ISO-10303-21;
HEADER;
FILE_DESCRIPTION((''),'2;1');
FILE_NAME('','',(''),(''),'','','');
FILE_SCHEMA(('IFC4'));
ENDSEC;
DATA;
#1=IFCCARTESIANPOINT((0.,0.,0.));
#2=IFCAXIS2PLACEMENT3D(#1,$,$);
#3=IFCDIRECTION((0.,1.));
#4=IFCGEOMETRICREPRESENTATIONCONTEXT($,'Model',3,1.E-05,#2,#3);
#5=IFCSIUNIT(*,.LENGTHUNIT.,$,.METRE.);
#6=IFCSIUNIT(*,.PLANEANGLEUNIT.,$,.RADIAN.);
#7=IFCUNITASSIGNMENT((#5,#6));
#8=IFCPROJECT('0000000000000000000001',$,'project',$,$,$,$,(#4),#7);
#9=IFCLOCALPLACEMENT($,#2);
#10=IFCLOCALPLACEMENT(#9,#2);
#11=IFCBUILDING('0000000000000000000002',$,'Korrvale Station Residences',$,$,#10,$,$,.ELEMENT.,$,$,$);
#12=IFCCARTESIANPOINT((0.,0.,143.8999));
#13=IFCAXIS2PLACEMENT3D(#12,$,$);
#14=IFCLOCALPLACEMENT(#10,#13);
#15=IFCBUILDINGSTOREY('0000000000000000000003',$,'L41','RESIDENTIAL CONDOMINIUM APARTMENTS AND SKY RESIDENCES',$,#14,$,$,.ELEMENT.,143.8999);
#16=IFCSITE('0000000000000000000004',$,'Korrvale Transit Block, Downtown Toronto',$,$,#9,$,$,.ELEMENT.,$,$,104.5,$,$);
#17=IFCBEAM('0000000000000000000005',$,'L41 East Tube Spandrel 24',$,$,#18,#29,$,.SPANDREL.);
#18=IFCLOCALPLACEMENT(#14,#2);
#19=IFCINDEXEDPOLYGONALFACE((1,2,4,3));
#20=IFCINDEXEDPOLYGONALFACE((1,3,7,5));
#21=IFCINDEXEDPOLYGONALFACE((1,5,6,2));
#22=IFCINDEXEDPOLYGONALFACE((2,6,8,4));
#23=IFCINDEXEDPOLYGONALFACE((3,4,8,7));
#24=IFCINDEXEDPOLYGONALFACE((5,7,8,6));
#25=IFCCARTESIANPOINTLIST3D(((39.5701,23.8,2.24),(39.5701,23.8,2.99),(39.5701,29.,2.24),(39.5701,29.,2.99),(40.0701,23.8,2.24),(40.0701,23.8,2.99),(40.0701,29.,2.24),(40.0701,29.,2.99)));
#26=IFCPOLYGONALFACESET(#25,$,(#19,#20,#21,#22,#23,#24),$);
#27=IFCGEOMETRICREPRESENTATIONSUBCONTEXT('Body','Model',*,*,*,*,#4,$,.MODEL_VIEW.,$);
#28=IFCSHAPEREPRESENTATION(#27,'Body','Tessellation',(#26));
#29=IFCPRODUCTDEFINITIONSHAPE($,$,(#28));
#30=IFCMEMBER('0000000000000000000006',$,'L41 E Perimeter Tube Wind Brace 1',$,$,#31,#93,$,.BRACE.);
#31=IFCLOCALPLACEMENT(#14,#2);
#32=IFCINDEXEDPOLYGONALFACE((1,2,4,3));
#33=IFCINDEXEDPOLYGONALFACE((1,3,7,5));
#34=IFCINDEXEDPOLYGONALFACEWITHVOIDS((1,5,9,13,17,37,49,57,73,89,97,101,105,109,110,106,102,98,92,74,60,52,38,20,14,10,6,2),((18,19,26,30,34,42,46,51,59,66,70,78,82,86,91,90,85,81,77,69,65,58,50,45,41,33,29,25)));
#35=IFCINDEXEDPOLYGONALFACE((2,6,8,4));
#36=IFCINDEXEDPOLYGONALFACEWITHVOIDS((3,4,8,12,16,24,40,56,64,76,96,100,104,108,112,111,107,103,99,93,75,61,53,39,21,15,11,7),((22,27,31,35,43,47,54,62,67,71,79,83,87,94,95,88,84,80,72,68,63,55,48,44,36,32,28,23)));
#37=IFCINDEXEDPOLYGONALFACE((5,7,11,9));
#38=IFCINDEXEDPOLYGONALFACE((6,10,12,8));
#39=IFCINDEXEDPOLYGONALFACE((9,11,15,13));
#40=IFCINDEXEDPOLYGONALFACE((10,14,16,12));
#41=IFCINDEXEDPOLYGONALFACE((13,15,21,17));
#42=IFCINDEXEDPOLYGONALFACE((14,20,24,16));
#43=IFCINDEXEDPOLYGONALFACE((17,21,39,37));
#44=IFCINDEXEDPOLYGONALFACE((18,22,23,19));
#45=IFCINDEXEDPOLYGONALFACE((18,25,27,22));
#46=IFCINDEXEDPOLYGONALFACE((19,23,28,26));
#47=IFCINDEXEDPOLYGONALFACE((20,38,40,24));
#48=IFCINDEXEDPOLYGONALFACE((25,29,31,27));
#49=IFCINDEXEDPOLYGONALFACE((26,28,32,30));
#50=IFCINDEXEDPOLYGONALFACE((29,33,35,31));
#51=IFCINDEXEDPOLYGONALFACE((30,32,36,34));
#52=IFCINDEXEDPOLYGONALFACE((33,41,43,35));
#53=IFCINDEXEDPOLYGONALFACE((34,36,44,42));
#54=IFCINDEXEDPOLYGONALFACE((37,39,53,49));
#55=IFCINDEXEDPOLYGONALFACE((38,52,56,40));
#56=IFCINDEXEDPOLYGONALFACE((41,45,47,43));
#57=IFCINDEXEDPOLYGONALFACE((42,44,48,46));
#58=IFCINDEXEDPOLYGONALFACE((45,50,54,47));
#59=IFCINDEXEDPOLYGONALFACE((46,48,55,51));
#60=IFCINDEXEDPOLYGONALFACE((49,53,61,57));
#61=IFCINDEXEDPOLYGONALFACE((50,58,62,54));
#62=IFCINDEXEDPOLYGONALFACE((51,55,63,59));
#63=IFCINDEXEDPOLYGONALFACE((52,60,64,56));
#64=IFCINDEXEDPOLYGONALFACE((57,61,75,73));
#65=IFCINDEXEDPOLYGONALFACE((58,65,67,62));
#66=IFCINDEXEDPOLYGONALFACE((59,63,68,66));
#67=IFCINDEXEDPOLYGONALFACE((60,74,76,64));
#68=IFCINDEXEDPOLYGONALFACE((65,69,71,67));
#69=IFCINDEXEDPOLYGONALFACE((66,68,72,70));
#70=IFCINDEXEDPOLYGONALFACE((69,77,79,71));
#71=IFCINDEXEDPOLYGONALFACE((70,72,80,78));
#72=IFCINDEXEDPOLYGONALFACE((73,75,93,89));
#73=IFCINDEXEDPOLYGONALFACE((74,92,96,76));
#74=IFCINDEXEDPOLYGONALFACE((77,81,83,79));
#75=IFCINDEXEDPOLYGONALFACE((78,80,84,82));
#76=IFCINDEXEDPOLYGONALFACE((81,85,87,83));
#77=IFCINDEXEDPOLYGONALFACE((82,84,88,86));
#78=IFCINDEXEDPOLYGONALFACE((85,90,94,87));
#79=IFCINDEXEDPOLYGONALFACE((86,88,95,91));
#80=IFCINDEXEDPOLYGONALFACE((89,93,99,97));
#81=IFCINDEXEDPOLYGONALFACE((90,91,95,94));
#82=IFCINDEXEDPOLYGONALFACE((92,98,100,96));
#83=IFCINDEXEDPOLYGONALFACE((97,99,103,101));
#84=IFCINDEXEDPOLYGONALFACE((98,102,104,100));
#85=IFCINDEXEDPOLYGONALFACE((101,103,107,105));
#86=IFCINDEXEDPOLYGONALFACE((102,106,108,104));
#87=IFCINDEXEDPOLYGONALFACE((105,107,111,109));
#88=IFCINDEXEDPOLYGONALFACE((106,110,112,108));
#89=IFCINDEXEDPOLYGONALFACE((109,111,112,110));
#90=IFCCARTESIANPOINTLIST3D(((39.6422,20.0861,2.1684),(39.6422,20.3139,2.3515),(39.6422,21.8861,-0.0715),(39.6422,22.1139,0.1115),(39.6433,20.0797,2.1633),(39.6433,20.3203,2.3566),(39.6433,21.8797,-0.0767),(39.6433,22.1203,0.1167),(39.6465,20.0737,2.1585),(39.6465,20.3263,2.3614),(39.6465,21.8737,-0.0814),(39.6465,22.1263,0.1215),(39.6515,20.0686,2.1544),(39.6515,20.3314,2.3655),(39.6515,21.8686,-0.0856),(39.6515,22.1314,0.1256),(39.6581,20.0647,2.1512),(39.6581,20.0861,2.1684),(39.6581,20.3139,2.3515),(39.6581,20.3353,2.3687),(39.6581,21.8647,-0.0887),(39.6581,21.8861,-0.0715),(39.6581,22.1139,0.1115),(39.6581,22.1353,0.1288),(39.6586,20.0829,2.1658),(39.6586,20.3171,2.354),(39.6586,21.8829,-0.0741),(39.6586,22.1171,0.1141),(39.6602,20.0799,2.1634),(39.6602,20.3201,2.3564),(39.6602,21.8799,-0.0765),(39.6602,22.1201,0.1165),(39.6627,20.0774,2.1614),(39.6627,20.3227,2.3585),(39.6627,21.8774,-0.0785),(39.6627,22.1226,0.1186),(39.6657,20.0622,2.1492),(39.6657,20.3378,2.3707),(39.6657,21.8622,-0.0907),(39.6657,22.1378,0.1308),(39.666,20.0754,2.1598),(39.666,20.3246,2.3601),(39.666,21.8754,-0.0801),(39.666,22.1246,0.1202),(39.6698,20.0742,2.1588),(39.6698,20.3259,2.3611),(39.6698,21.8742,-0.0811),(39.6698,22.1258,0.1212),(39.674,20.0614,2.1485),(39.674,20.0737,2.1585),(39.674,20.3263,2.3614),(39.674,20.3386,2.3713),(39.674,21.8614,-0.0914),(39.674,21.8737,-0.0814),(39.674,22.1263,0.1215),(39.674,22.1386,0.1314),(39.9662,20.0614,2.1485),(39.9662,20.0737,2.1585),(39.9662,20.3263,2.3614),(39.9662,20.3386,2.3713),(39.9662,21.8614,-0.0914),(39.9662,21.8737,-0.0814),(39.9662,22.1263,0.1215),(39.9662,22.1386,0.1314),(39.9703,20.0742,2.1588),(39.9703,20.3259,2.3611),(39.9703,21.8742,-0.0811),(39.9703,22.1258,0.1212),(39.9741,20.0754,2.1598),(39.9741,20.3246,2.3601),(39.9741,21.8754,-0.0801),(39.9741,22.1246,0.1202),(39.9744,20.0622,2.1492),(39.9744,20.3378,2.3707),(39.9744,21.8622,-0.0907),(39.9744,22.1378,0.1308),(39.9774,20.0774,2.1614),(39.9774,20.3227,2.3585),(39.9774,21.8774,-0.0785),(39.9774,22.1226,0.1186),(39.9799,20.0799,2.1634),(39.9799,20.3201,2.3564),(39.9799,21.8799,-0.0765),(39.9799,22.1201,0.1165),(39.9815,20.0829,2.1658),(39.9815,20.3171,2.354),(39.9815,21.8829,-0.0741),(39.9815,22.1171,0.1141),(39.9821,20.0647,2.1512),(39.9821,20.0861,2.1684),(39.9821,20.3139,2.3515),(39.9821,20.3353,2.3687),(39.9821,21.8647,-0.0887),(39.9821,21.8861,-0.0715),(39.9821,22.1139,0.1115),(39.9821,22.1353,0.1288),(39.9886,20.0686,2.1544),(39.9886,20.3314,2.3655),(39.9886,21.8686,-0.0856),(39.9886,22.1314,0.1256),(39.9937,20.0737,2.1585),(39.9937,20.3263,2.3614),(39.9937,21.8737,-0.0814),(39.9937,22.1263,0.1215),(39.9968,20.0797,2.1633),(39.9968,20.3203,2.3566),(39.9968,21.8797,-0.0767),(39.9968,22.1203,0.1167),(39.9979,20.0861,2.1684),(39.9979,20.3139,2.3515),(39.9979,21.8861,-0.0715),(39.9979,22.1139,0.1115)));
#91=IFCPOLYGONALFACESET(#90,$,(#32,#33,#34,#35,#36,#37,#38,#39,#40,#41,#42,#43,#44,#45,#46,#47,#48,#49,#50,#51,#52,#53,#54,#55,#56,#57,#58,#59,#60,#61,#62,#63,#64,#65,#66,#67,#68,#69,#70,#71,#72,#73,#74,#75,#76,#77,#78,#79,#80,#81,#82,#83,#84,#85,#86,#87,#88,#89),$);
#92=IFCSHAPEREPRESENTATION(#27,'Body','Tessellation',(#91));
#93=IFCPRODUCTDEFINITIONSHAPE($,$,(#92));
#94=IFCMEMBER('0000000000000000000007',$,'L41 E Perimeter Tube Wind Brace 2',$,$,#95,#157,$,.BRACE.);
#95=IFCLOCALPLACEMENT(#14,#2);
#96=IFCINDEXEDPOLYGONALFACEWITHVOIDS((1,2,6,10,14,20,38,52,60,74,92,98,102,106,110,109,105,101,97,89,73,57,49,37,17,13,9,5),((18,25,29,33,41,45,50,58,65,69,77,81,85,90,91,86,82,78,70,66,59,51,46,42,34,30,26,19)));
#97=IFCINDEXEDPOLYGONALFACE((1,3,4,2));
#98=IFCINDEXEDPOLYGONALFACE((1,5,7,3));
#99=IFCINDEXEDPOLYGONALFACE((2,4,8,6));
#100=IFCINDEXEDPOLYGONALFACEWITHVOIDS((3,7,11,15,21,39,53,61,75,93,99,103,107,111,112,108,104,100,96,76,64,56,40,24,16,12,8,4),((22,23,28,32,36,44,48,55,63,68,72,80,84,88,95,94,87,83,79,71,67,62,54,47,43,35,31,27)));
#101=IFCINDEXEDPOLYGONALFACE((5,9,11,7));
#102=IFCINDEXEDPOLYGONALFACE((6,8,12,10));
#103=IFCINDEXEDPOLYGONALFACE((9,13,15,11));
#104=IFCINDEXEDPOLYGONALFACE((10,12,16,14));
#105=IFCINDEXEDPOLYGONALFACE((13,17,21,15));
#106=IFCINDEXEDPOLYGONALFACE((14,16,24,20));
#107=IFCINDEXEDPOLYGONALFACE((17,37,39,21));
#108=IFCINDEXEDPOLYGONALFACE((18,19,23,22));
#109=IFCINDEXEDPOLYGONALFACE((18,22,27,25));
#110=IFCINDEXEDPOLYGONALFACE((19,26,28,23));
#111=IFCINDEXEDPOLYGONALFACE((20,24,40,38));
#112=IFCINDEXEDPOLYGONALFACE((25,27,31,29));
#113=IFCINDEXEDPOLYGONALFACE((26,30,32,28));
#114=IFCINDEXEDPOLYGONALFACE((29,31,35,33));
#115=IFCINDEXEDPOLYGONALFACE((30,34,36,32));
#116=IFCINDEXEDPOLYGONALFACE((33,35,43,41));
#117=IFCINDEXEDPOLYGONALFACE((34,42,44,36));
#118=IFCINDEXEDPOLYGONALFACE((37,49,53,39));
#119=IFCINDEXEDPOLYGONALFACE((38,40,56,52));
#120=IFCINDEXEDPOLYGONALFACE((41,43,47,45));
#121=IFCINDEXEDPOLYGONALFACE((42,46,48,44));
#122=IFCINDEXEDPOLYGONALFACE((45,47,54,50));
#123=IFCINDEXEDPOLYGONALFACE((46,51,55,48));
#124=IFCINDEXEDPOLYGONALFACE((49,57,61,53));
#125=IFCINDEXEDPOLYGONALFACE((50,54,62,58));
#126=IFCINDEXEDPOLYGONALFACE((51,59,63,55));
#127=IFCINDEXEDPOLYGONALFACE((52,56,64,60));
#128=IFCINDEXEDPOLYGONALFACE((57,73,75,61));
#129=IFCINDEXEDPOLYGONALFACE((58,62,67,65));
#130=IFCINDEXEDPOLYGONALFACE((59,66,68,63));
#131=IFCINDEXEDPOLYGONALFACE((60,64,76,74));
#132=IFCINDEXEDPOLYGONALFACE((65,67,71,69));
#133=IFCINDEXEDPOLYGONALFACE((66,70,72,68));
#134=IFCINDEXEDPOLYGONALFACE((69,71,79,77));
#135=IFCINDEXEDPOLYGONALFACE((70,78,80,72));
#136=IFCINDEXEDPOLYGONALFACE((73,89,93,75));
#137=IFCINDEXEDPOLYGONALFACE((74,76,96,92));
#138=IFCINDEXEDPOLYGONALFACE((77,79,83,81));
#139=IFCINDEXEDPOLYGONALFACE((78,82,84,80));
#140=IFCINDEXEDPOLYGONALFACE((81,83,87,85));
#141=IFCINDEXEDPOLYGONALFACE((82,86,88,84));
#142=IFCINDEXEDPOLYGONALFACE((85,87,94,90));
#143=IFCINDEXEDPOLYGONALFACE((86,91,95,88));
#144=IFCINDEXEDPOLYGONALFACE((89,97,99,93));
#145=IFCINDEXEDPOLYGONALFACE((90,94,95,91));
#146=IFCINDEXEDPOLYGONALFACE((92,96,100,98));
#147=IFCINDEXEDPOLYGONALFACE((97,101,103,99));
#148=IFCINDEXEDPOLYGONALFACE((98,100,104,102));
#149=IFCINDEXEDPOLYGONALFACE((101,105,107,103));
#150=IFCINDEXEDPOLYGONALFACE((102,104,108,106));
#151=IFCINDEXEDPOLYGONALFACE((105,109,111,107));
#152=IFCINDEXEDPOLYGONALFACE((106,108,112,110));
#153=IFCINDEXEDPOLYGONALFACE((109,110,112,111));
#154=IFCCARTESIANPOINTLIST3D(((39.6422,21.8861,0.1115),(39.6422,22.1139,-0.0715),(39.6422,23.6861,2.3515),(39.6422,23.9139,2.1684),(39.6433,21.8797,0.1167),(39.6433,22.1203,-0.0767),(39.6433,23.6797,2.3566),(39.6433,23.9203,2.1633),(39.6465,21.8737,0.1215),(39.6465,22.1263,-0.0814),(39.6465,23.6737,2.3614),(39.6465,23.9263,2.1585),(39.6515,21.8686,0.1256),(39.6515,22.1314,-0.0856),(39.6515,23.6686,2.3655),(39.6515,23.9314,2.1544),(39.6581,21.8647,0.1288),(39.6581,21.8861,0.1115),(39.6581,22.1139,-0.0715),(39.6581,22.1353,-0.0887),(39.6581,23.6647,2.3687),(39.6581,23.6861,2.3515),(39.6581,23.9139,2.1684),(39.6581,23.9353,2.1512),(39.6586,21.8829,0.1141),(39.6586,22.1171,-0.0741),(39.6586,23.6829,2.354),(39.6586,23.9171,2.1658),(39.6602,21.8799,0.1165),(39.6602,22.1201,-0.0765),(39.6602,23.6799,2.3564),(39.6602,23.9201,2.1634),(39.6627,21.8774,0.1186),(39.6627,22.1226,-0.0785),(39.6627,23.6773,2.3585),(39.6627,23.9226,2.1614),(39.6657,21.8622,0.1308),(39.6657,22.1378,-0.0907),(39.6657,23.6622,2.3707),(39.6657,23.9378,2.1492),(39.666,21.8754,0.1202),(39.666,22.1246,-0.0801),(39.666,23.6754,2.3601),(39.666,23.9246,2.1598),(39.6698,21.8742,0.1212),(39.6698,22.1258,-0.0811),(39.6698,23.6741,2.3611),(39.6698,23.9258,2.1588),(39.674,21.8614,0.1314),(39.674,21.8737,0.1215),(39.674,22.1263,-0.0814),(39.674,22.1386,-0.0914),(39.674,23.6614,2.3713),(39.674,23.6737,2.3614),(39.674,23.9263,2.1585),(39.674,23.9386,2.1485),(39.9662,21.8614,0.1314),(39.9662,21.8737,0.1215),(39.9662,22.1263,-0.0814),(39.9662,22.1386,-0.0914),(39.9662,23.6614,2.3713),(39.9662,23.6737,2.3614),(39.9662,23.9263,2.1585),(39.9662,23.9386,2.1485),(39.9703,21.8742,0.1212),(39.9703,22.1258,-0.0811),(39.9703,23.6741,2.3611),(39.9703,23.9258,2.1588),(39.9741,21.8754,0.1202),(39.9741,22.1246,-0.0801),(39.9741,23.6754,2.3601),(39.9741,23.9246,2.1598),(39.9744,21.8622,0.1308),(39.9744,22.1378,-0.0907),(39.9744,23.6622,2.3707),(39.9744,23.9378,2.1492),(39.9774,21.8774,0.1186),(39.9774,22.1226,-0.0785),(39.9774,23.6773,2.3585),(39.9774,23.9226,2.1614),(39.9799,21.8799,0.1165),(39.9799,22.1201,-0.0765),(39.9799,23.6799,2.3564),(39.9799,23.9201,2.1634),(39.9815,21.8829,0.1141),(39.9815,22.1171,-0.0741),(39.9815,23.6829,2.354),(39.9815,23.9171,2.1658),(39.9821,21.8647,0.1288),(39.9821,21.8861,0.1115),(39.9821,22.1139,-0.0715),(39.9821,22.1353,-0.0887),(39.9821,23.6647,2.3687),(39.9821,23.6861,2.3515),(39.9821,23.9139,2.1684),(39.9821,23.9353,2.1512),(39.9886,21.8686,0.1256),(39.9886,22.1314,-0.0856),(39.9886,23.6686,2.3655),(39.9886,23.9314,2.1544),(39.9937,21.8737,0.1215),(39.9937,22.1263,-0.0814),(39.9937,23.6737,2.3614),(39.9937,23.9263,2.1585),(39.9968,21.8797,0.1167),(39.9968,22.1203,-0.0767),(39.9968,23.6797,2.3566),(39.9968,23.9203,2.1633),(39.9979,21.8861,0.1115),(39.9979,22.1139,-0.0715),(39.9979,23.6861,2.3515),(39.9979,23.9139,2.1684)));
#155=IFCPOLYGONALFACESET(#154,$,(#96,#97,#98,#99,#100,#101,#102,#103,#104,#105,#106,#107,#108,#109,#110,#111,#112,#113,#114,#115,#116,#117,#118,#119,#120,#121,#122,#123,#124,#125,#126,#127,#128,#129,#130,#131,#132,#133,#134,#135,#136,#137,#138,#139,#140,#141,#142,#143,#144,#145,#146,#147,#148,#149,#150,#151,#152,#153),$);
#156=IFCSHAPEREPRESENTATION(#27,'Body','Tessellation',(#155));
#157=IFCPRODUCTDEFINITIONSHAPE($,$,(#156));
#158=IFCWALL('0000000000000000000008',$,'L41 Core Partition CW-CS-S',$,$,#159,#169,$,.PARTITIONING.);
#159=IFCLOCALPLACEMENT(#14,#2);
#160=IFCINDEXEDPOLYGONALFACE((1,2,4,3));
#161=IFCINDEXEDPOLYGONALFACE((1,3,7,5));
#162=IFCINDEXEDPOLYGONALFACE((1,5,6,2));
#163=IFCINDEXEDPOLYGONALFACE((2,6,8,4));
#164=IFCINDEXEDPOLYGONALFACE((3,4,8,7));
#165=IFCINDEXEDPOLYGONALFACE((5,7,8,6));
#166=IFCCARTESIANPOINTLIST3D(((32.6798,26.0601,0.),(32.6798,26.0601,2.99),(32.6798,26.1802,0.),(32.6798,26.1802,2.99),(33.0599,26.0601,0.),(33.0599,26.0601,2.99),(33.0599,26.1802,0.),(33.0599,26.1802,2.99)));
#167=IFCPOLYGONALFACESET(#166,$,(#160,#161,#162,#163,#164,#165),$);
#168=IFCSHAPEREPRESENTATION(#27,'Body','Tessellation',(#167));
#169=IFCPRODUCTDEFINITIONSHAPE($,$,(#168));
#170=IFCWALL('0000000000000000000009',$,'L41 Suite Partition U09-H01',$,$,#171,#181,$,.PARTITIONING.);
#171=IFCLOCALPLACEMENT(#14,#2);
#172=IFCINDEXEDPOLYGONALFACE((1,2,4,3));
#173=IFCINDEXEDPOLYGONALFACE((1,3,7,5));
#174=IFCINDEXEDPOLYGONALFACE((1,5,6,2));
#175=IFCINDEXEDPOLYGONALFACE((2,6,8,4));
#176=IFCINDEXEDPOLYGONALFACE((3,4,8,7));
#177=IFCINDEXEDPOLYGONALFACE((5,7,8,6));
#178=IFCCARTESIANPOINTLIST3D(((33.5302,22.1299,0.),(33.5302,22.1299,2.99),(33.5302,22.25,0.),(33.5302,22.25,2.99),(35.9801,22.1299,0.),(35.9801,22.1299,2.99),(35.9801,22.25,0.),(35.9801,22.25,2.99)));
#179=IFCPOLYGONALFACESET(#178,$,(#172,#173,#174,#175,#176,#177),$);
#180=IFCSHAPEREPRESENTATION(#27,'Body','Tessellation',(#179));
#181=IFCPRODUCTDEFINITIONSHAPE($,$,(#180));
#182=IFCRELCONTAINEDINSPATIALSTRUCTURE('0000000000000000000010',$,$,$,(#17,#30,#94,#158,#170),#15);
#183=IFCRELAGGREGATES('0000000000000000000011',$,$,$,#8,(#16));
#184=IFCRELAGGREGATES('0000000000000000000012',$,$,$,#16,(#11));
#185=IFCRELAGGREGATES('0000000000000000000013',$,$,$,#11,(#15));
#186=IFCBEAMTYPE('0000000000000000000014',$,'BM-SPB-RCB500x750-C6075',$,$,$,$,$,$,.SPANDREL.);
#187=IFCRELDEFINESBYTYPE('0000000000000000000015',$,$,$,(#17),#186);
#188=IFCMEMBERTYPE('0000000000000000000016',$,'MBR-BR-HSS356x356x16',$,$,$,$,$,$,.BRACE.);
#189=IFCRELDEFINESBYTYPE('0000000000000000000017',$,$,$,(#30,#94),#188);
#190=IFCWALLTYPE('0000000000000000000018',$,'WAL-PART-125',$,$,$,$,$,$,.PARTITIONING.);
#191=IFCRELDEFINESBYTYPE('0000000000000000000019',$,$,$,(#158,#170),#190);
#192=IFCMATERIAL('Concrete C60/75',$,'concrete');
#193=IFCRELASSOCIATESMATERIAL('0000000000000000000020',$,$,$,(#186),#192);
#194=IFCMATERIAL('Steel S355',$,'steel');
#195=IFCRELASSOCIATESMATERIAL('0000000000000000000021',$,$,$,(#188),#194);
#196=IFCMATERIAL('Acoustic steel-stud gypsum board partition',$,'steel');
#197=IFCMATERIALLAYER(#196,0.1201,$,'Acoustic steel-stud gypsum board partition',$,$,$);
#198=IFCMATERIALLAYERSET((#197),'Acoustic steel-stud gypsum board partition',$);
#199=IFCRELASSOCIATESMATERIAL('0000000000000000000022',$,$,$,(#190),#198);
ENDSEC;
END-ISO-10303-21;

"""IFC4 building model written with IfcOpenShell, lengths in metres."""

from ifc_helpers import new_model, si_unit, direction, frame, frame_2d, origin, origin_2d, place, context, subcontext, project, spatial, rectangle, hollow_rectangle, extrude, material, layer, layer_set, material_profile, profile_set, type_object, element, save


model = new_model("IFC4")

# Units and contexts
model_context = context("Model", 3, precision=1e-05, world=origin(), true_north=direction((0.0, 1.0)))
body_context = subcontext(model_context, "Body", "Model", "MODEL_VIEW")
ifc_project = project(units=[si_unit("LENGTHUNIT", "METRE"), si_unit("PLANEANGLEUNIT", "RADIAN")], contexts=[model_context])

# Site, building, storey
site_placement = place(None, origin())
site = spatial("IfcSite", under=ifc_project, at=site_placement, Name="Korrvale Transit Block, Downtown Toronto", CompositionType="ELEMENT", RefElevation=104.5)
building_placement = place(site_placement, origin())
building = spatial("IfcBuilding", under=site, at=building_placement, Name="Korrvale Station Residences", CompositionType="ELEMENT")
storey_placement = place(building_placement, frame((0.0, 0.0, 143.8999)))
storey = spatial("IfcBuildingStorey", under=building, at=storey_placement, Name="L41", Description="RESIDENTIAL CONDOMINIUM APARTMENTS AND SKY RESIDENCES", CompositionType="ELEMENT", Elevation=143.8999)

# Shared definitions
ifc_material_1 = material(Name="Concrete C60/75", Category="concrete")

# Beam
ifc_material_2 = material(Name="Steel S355", Category="steel")
ifc_material_profile_1 = material_profile(ifc_material_1, rectangle(XDim=0.5, YDim=0.75, at=origin_2d()), Name="RCB500x750")
ifc_profile_set_1 = profile_set([ifc_material_profile_1], Name="Concrete C60/75")
beam_type_1 = type_object("IfcBeamType", Name="BM-SPB-RCB500x750-C6075", PredefinedType="SPANDREL", material=ifc_profile_set_1)
beam_1_placement = place(storey_placement, frame((39.8201, 23.8, 2.615), z_axis=(0.0, 1.0, 0.0), x_axis=(-1.0, 0.0, 0.0)))
element("IfcBeam", 1, at=beam_1_placement, inside=storey, type_object=beam_type_1, Name="L41 East Tube Spandrel 24", PredefinedType="SPANDREL", context=body_context, shape_type="SweptSolid", body=[
    extrude(rectangle(XDim=0.5, YDim=0.75, at=origin_2d()), origin(), (0.0, 0.0, 1.0), 5.2),
])

# Members
ifc_material_profile_2 = material_profile(ifc_material_2, hollow_rectangle(XDim=0.3557, YDim=0.3557, WallThickness=0.0159, InnerFilletRadius=0.0159, OuterFilletRadius=0.0317, at=origin_2d()), Name="HSS356x356x16")
ifc_profile_set_2 = profile_set([ifc_material_profile_2], Name="Steel S355")
member_type = type_object("IfcMemberType", Name="MBR-BR-HSS356x356x16", PredefinedType="BRACE", material=ifc_profile_set_2)
for number, where, z_axis, x_axis, name in (
    (2, (39.8201, 22.0, 0.02), (0.0, -0.626403, 0.779499), (1.0, 0.0, 0.0), "L41 E Perimeter Tube Wind Brace 1"),
    (3, (39.8201, 22.0, 0.02), (0.0, 0.626403, 0.779499), (-1.0, 0.0, 0.0), "L41 E Perimeter Tube Wind Brace 2"),
):
    element("IfcMember", number, at=place(storey_placement, frame(where, z_axis=z_axis, x_axis=x_axis)), inside=storey, type_object=member_type, Name=name, PredefinedType="BRACE", context=body_context, shape_type="SweptSolid", body=[
        extrude(hollow_rectangle(XDim=0.3557, YDim=0.3557, WallThickness=0.0159, InnerFilletRadius=0.0159, OuterFilletRadius=0.0317, at=origin_2d()), origin(), (0.0, 0.0, 1.0), 2.8735),
    ])

# Walls
ifc_material_3 = material(Name="Acoustic steel-stud gypsum board partition", Category="steel")
ifc_layer_1 = layer(ifc_material_3, 0.1201, Name="Acoustic steel-stud gypsum board partition")
ifc_layer_set_1 = layer_set([ifc_layer_1], Name="Acoustic steel-stud gypsum board partition")
wall_type_1 = type_object("IfcWallType", Name="WAL-PART-125", PredefinedType="PARTITIONING", material=ifc_layer_set_1)
wall_1_placement = place(storey_placement, frame((32.6799, 26.1201, 0.0), z_axis=(0.0, 0.0, 1.0), x_axis=(1.0, 0.0, 0.0)))
element("IfcWall", 4, at=wall_1_placement, inside=storey, type_object=wall_type_1, Name="L41 Core Partition CW-CS-S", PredefinedType="PARTITIONING", context=body_context, shape_type="SweptSolid", body=[
    extrude(rectangle(XDim=0.3801, YDim=0.1201, at=frame_2d((0.1899, 0.0))), origin(), (0.0, 0.0, 1.0), 2.99),
])
wall_2_placement = place(storey_placement, frame((33.53, 22.1899, 0.0), z_axis=(0.0, 0.0, 1.0), x_axis=(1.0, 0.0, 0.0)))
element("IfcWall", 5, at=wall_2_placement, inside=storey, type_object=wall_type_1, Name="L41 Suite Partition U09-H01", PredefinedType="PARTITIONING", context=body_context, shape_type="SweptSolid", body=[
    extrude(rectangle(XDim=2.45, YDim=0.1201, at=frame_2d((1.2251, 0.0))), origin(), (0.0, 0.0, 1.0), 2.99),
])

save(model, "model.ifc")
